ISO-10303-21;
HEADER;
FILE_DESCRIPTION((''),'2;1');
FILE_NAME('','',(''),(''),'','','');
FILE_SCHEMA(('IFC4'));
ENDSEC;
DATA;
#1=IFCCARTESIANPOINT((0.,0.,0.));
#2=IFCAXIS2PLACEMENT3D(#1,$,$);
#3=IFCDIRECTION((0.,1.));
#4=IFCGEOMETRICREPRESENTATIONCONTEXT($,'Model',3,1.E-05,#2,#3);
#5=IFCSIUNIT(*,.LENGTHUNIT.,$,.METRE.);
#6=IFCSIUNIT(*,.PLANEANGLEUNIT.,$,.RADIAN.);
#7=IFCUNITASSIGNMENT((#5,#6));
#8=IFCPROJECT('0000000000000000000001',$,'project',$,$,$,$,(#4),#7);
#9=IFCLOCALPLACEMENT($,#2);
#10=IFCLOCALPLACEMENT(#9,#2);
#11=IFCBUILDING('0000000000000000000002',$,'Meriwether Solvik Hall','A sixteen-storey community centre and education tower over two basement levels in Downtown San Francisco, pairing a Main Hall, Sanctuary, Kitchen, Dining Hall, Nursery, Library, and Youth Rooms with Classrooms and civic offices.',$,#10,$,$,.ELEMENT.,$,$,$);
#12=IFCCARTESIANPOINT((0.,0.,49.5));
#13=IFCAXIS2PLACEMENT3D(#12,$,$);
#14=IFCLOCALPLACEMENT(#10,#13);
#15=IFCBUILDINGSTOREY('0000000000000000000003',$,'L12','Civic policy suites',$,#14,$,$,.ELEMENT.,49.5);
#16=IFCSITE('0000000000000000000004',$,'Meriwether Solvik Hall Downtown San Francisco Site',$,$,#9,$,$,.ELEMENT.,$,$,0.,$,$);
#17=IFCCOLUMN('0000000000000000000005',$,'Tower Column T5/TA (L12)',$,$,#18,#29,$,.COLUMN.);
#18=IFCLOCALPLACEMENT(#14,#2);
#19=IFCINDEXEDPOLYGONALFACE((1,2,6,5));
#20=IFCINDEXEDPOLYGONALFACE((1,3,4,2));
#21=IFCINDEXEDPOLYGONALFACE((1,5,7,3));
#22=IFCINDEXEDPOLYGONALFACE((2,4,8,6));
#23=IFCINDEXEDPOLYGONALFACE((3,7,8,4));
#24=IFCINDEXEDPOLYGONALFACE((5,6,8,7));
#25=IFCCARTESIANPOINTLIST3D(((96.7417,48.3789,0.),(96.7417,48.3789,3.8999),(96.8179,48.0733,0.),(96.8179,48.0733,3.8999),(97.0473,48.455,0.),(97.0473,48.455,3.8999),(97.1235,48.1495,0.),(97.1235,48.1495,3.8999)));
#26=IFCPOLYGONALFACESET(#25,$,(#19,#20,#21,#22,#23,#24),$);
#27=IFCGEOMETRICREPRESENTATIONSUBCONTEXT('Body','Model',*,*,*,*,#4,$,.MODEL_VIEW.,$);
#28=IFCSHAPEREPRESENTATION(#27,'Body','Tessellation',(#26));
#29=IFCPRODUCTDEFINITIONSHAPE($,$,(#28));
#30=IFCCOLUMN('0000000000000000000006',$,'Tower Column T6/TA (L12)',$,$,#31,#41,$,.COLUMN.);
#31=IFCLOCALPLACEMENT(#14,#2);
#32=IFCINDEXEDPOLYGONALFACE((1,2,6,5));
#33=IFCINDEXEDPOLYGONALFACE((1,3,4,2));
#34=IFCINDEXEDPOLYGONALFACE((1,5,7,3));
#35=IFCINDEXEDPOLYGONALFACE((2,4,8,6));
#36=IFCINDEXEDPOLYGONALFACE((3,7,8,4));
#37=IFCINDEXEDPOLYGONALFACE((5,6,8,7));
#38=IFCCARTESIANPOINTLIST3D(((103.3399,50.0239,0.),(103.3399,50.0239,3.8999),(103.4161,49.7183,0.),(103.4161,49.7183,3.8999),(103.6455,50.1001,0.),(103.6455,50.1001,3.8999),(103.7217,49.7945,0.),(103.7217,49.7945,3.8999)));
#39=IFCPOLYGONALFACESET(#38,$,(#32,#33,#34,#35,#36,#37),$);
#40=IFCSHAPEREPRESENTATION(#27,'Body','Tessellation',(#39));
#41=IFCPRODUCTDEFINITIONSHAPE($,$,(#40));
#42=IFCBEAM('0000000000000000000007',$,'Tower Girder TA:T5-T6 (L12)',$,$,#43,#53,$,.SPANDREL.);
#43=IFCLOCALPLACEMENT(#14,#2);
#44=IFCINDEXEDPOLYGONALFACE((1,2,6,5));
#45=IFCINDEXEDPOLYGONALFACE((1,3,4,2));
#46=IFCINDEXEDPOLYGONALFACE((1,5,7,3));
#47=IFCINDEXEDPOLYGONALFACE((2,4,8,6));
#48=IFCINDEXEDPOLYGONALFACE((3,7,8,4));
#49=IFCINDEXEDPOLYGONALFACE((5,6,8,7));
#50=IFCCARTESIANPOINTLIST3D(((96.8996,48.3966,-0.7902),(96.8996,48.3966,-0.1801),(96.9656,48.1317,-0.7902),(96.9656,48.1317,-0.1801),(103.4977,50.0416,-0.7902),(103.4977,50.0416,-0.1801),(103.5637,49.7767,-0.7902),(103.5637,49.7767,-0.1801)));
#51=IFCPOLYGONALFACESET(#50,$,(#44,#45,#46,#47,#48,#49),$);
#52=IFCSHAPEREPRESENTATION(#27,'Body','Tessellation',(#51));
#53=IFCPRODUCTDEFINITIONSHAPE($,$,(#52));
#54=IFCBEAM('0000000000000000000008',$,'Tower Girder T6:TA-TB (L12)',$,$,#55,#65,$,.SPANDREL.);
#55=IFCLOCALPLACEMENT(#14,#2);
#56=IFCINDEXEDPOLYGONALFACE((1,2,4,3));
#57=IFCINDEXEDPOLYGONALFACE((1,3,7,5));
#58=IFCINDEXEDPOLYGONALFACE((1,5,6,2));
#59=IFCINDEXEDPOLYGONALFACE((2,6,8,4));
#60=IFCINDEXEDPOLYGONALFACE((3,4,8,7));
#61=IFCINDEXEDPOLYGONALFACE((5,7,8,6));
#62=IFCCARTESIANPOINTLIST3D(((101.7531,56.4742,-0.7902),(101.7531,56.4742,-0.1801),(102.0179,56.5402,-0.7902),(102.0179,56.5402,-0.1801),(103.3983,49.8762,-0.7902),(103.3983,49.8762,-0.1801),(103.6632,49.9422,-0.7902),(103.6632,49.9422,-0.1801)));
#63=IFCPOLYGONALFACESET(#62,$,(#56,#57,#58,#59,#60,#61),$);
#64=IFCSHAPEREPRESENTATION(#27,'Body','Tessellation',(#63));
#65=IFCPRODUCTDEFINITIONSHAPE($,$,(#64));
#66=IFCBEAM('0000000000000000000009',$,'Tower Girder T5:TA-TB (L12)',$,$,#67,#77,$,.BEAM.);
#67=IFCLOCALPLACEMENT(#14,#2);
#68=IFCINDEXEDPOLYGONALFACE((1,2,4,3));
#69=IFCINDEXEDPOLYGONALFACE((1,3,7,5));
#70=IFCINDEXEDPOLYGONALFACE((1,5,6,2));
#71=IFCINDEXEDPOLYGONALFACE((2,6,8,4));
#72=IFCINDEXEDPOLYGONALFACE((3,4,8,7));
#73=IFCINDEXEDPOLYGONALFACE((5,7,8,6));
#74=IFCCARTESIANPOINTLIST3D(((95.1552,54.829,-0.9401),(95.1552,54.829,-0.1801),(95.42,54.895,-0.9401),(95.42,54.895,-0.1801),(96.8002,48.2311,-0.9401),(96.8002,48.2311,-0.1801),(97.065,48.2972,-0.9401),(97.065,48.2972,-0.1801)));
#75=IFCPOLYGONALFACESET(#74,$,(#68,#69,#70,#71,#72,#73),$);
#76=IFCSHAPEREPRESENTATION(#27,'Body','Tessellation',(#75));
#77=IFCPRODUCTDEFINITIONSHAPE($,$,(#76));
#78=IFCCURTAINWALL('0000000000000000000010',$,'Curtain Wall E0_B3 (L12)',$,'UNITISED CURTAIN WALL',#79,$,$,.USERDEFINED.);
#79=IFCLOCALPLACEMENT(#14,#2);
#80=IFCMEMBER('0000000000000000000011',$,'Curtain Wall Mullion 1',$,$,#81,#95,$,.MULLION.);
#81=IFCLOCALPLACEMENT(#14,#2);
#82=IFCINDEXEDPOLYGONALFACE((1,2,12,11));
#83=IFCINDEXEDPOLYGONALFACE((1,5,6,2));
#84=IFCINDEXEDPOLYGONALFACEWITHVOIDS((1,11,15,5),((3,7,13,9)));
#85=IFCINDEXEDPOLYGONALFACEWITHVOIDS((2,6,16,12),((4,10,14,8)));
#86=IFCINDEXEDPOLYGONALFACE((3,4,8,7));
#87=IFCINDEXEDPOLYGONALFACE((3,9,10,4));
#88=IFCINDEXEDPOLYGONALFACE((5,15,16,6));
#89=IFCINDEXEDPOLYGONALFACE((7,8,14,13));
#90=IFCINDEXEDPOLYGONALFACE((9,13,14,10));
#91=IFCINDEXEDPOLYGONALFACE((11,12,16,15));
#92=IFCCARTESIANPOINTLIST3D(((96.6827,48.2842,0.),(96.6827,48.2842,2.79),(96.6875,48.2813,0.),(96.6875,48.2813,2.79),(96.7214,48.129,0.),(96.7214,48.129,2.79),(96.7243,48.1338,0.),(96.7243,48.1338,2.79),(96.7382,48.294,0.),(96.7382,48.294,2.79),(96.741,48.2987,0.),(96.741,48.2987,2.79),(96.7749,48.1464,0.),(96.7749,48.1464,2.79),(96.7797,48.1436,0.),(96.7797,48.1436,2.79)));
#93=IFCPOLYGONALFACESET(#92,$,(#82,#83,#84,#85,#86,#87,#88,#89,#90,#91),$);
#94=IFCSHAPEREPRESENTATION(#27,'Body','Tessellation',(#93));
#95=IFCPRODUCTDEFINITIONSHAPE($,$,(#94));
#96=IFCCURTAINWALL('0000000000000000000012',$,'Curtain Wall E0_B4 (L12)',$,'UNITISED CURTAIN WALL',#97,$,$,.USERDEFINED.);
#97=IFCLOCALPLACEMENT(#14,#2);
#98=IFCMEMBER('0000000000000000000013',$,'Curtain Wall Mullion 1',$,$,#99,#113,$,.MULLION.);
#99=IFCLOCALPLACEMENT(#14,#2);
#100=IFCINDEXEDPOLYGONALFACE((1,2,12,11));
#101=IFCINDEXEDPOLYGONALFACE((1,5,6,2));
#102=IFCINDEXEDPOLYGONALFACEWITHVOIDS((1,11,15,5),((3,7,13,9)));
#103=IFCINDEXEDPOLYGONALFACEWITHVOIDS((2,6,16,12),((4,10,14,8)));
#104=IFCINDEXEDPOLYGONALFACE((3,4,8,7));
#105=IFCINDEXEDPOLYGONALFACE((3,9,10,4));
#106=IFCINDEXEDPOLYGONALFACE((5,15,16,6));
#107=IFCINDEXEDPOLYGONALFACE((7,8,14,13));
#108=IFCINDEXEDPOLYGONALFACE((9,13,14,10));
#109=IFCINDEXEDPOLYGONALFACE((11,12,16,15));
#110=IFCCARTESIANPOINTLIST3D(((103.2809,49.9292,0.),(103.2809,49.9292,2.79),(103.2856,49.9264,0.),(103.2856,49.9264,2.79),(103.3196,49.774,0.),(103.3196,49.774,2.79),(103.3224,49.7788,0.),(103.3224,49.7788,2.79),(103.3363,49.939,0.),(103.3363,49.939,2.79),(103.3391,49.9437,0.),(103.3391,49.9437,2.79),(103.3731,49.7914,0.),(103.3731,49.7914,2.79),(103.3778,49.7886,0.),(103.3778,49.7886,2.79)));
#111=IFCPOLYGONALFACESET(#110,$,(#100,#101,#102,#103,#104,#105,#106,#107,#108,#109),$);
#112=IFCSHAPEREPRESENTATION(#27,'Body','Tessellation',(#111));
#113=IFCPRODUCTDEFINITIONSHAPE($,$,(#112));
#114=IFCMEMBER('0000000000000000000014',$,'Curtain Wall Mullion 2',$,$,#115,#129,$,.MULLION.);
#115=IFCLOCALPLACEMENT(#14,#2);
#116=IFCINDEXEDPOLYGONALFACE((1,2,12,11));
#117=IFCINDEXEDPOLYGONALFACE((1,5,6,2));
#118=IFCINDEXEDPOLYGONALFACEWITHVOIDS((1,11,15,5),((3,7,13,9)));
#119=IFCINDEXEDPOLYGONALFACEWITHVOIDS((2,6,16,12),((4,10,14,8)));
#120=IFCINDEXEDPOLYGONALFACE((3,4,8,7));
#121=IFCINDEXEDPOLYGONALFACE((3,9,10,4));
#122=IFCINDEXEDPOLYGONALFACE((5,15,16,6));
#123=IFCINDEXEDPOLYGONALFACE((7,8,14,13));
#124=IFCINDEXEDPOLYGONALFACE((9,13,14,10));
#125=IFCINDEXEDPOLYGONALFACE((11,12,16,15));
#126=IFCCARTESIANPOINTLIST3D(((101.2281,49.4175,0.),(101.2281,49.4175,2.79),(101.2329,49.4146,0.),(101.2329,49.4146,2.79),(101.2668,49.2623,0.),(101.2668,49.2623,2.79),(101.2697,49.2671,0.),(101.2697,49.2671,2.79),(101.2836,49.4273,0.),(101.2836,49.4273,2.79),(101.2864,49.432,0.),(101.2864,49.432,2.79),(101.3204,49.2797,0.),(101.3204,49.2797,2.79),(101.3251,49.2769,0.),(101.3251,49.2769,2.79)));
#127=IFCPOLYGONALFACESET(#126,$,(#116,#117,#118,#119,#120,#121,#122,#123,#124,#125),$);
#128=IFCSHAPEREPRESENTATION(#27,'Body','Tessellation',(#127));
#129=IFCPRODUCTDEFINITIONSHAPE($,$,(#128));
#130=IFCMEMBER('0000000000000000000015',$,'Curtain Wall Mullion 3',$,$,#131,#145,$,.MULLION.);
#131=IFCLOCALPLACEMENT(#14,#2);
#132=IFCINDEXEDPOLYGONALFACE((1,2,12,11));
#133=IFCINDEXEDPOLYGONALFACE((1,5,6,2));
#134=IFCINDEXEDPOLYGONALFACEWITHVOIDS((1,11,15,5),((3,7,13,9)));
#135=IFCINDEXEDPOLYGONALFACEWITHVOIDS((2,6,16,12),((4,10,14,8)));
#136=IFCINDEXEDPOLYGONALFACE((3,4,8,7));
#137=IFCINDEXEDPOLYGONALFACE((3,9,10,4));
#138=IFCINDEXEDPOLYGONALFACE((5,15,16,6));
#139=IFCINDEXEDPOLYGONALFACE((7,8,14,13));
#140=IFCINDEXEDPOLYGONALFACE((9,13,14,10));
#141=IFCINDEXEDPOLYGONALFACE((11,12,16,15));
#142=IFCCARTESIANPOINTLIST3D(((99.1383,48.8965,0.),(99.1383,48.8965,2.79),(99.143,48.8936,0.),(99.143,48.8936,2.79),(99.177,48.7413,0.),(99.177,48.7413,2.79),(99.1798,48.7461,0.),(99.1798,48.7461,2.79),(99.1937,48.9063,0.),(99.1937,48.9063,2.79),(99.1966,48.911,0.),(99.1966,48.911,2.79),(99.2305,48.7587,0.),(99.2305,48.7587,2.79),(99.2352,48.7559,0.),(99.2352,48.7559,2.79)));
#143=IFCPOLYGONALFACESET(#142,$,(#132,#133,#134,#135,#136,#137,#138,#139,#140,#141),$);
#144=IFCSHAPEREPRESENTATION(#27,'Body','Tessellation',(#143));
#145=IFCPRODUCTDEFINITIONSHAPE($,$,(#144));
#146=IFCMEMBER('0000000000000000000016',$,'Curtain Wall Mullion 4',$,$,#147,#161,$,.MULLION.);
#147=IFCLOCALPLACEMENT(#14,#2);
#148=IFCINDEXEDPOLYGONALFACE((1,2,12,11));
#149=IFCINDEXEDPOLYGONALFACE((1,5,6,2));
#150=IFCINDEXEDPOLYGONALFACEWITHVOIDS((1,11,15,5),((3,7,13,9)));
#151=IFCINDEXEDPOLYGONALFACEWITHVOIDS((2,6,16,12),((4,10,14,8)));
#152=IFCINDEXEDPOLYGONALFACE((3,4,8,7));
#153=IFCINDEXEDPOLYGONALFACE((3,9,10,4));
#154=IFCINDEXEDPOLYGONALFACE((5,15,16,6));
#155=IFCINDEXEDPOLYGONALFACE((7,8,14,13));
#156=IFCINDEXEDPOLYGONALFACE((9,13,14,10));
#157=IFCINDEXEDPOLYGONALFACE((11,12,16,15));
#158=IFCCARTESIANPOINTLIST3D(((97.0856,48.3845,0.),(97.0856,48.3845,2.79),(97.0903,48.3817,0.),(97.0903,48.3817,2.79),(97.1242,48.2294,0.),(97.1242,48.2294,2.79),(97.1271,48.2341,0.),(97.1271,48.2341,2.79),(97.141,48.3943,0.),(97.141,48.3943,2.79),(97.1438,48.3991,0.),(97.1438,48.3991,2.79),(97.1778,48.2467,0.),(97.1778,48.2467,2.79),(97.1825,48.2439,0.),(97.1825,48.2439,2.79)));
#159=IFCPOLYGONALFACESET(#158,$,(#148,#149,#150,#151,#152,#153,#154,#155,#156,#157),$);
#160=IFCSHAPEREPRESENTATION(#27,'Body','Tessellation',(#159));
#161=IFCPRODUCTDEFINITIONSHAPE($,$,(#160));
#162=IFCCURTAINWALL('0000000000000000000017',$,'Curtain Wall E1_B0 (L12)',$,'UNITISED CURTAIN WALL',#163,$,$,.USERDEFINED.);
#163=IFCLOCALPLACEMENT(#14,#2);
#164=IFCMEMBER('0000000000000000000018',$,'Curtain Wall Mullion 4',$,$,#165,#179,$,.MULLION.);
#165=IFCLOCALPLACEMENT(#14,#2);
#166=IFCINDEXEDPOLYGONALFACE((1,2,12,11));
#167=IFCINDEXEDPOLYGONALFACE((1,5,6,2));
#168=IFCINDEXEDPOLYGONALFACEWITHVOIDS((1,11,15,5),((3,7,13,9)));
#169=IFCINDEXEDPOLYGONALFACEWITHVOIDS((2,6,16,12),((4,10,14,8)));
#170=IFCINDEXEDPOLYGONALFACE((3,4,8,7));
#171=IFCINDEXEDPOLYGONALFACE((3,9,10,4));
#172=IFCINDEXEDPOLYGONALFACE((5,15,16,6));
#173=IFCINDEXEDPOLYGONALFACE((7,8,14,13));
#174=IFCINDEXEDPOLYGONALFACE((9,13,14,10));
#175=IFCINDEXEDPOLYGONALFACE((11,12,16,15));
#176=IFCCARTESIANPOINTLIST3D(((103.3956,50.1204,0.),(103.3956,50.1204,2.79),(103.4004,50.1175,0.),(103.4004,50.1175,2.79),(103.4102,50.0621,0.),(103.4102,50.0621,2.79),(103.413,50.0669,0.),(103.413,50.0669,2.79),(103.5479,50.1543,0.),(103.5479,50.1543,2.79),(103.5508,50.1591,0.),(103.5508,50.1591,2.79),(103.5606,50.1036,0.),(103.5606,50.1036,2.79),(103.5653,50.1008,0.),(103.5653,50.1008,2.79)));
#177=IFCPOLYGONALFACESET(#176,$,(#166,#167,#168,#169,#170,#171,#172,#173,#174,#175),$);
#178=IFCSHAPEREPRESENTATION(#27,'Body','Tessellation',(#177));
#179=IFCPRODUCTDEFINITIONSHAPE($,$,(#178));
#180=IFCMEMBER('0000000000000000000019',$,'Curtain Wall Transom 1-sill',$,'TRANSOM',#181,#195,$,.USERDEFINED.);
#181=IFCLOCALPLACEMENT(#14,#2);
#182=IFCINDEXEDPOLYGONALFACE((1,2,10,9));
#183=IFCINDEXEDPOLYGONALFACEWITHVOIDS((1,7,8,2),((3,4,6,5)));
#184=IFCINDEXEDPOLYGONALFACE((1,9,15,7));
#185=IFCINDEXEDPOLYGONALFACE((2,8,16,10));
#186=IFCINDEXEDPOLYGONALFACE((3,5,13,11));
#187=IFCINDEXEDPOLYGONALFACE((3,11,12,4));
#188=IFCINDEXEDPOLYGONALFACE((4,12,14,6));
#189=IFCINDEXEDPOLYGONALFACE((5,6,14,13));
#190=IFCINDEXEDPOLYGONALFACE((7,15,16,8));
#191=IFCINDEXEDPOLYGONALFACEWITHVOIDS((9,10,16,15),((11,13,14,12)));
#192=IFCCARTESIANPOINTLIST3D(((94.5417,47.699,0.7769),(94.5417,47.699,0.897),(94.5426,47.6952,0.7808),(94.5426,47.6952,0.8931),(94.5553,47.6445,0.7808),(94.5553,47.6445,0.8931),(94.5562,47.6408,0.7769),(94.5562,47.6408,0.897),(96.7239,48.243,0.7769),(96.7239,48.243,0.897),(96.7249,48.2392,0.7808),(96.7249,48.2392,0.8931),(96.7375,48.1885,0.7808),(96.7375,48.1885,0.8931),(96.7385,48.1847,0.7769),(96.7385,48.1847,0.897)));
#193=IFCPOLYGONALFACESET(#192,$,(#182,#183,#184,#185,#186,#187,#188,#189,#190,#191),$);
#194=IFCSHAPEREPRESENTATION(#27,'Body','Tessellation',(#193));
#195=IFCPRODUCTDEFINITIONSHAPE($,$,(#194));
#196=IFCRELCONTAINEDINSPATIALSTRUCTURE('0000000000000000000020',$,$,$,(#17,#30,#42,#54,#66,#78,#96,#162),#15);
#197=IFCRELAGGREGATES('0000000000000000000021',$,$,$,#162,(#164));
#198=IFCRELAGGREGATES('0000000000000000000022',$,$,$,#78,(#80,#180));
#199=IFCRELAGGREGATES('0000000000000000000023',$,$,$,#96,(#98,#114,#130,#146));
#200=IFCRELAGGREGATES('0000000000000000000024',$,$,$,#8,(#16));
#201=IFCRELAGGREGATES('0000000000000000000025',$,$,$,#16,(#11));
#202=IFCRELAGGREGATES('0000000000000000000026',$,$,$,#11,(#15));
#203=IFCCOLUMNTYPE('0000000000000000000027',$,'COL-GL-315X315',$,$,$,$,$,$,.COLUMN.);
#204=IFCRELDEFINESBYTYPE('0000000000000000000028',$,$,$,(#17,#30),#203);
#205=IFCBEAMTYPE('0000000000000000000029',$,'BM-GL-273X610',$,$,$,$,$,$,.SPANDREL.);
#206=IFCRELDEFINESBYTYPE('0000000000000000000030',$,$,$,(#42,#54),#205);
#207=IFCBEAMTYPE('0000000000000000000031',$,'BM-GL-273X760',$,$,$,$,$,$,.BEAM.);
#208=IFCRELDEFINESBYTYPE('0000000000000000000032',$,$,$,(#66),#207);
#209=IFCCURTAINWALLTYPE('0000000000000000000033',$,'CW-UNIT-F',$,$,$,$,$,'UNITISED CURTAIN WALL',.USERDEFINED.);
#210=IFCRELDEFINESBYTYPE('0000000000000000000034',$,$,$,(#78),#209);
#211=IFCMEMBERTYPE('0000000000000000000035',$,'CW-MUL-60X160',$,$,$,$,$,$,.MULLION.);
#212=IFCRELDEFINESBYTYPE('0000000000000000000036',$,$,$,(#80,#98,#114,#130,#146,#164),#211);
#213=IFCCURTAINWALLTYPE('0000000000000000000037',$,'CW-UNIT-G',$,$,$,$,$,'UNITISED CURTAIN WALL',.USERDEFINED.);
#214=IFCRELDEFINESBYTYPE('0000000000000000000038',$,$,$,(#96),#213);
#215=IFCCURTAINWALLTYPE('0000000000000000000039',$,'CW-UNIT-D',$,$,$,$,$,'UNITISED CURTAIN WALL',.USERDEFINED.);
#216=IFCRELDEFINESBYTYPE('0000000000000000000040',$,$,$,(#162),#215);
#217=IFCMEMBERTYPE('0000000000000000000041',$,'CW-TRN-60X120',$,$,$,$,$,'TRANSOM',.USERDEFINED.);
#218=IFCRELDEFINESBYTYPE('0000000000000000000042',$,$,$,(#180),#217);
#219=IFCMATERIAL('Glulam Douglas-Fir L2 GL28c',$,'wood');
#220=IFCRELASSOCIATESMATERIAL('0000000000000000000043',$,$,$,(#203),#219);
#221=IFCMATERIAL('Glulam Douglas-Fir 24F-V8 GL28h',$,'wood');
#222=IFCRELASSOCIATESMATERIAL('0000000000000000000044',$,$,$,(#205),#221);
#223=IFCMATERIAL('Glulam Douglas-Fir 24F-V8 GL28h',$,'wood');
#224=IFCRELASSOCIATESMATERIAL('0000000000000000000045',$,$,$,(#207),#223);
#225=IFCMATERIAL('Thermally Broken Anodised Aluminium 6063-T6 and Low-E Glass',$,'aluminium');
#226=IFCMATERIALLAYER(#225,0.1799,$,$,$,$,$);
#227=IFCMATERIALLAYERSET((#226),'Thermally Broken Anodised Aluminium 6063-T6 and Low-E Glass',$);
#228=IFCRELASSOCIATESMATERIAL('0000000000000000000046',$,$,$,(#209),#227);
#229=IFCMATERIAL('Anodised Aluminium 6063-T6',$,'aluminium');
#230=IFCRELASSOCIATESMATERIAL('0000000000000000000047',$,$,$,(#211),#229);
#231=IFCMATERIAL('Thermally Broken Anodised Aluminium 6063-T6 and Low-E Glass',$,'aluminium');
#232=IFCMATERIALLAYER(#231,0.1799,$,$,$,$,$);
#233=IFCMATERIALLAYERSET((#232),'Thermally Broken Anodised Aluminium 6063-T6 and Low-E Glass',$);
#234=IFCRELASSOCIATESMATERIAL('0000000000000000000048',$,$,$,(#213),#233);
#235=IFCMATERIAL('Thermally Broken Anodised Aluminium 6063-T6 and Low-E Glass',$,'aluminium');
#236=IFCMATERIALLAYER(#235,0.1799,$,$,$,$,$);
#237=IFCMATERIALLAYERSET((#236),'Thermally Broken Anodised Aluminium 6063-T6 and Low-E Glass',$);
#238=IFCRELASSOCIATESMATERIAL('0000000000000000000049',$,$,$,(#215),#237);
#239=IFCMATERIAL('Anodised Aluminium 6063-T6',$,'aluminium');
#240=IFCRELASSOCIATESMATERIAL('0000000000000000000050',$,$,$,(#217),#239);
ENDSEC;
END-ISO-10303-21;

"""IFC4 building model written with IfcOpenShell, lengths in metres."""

from ifc_helpers import new_model, si_unit, direction, frame, origin, origin_2d, place, context, subcontext, project, spatial, rectangle, hollow_rectangle, extrude, material, layer, layer_set, material_profile, profile_set, type_object, element, aggregate, save


model = new_model("IFC4")

# Units and contexts
model_context = context("Model", 3, precision=1e-05, world=origin(), true_north=direction((0.0, 1.0)))
body_context = subcontext(model_context, "Body", "Model", "MODEL_VIEW")
ifc_project = project(units=[si_unit("LENGTHUNIT", "METRE"), si_unit("PLANEANGLEUNIT", "RADIAN")], contexts=[model_context])

# Site, building, storey
site_placement = place(None, origin())
site = spatial("IfcSite", under=ifc_project, at=site_placement, Name="Meriwether Solvik Hall Downtown San Francisco Site", CompositionType="ELEMENT", RefElevation=0.0)
building_placement = place(site_placement, origin())
building = spatial("IfcBuilding", under=site, at=building_placement, Name="Meriwether Solvik Hall", Description="A sixteen-storey community centre and education tower over two basement levels in Downtown San Francisco, pairing a Main Hall, Sanctuary, Kitchen, Dining Hall, Nursery, Library, and Youth Rooms with Classrooms and civic offices.", CompositionType="ELEMENT")
storey_placement = place(building_placement, frame((0.0, 0.0, 49.5)))
storey = spatial("IfcBuildingStorey", under=building, at=storey_placement, Name="L12", Description="Civic policy suites", CompositionType="ELEMENT", Elevation=49.5)

# Columns
ifc_material_1 = material(Name="Glulam Douglas-Fir L2 GL28c", Category="wood")
ifc_material_profile_1 = material_profile(ifc_material_1, rectangle(XDim=0.3149, YDim=0.3149, at=origin_2d()), Name="GLC-315X315")
ifc_profile_set_1 = profile_set([ifc_material_profile_1], Name="Glulam Douglas-Fir L2 GL28c")
column_type = type_object("IfcColumnType", Name="COL-GL-315X315", PredefinedType="COLUMN", material=ifc_profile_set_1)
for number, where, z_axis, x_axis, name in (
    (1, (96.9326, 48.2642, 0.0), (0.0, 0.0, 1.0), (0.970296, 0.241922, 0.0), "Tower Column T5/TA (L12)"),
    (2, (103.5308, 49.9092, 0.0), (0.0, 0.0, 1.0), (0.970296, 0.241922, 0.0), "Tower Column T6/TA (L12)"),
):
    element("IfcColumn", number, at=place(storey_placement, frame(where, z_axis=z_axis, x_axis=x_axis)), inside=storey, type_object=column_type, Name=name, PredefinedType="COLUMN", context=body_context, shape_type="SweptSolid", body=[
        extrude(rectangle(XDim=0.3149, YDim=0.3149, at=origin_2d()), origin(), (0.0, 0.0, 1.0), 3.8999),
    ])

# Beams
ifc_material_2 = material(Name="Glulam Douglas-Fir 24F-V8 GL28h", Category="wood")
ifc_material_profile_2 = material_profile(ifc_material_2, rectangle(XDim=0.2729, YDim=0.6101, at=origin_2d()), Name="GLB-273X610")
ifc_profile_set_2 = profile_set([ifc_material_profile_2], Name="Glulam Douglas-Fir 24F-V8 GL28h")
beam_type_1 = type_object("IfcBeamType", Name="BM-GL-273X610", PredefinedType="SPANDREL", material=ifc_profile_set_2)
for number, where, z_axis, x_axis, name in (
    (3, (96.9326, 48.2642, -0.4851), (0.970299, 0.24191, 0.0), (-0.24191, 0.970299, 0.0), "Tower Girder TA:T5-T6 (L12)"),
    (4, (103.5308, 49.9092, -0.4851), (-0.241953, 0.970288, 0.0), (-0.970288, -0.241953, 0.0), "Tower Girder T6:TA-TB (L12)"),
):
    element("IfcBeam", number, at=place(storey_placement, frame(where, z_axis=z_axis, x_axis=x_axis)), inside=storey, type_object=beam_type_1, Name=name, PredefinedType="SPANDREL", context=body_context, shape_type="SweptSolid", body=[
        extrude(rectangle(XDim=0.2729, YDim=0.6101, at=origin_2d()), origin(), (0.0, 0.0, 1.0), 6.8),
    ])
ifc_material_3 = material(Name="Glulam Douglas-Fir 24F-V8 GL28h", Category="wood")
ifc_material_profile_3 = material_profile(ifc_material_3, rectangle(XDim=0.2729, YDim=0.76, at=origin_2d()), Name="GLB-273X760")
ifc_profile_set_3 = profile_set([ifc_material_profile_3], Name="Glulam Douglas-Fir 24F-V8 GL28h")
beam_type_2 = type_object("IfcBeamType", Name="BM-GL-273X760", PredefinedType="BEAM", material=ifc_profile_set_3)
beam_1_placement = place(storey_placement, frame((96.9326, 48.2642, -0.5601), z_axis=(-0.241919, 0.970296, 0.0), x_axis=(-0.970296, -0.241919, 0.0)))
element("IfcBeam", 5, at=beam_1_placement, inside=storey, type_object=beam_type_2, Name="Tower Girder T5:TA-TB (L12)", PredefinedType="BEAM", context=body_context, shape_type="SweptSolid", body=[
    extrude(rectangle(XDim=0.2729, YDim=0.76, at=origin_2d()), origin(), (0.0, 0.0, 1.0), 6.7998),
])

# Curtain wall, member
ifc_material_4 = material(Name="Thermally Broken Anodised Aluminium 6063-T6 and Low-E Glass", Category="aluminium")
ifc_layer_1 = layer(ifc_material_4, 0.1799)
ifc_layer_set_1 = layer_set([ifc_layer_1], Name="Thermally Broken Anodised Aluminium 6063-T6 and Low-E Glass")
curtain_wall_type_1 = type_object("IfcCurtainWallType", Name="CW-UNIT-F", ElementType="UNITISED CURTAIN WALL", PredefinedType="USERDEFINED", material=ifc_layer_set_1)
curtain_wall_1_placement = place(storey_placement, origin())
curtain_wall_1 = element("IfcCurtainWall", 6, at=curtain_wall_1_placement, inside=storey, type_object=curtain_wall_type_1, Name="Curtain Wall E0_B3 (L12)", ObjectType="UNITISED CURTAIN WALL", PredefinedType="USERDEFINED")
ifc_material_5 = material(Name="Anodised Aluminium 6063-T6", Category="aluminium")
ifc_material_profile_4 = material_profile(ifc_material_5, hollow_rectangle(XDim=0.0601, YDim=0.1599, WallThickness=0.0039, at=origin_2d()), Name="CWM-60X160")
ifc_profile_set_4 = profile_set([ifc_material_profile_4], Name="Anodised Aluminium 6063-T6")
member_type_1 = type_object("IfcMemberType", Name="CW-MUL-60X160", PredefinedType="MULLION", material=ifc_profile_set_4)
member_1_placement = place(storey_placement, frame((96.7312, 48.2139, 0.0), z_axis=(0.0, 0.0, 1.0), x_axis=(-0.970296, -0.241922, 0.0)))
member_1 = element("IfcMember", 7, at=member_1_placement, type_object=member_type_1, Name="Curtain Wall Mullion 1", PredefinedType="MULLION", context=body_context, shape_type="SweptSolid", body=[
    extrude(hollow_rectangle(XDim=0.0601, YDim=0.1599, WallThickness=0.0039, at=origin_2d()), origin(), (0.0, 0.0, 1.0), 2.79),
])

# Curtain wall, members
ifc_material_6 = material(Name="Thermally Broken Anodised Aluminium 6063-T6 and Low-E Glass", Category="aluminium")
ifc_layer_2 = layer(ifc_material_6, 0.1799)
ifc_layer_set_2 = layer_set([ifc_layer_2], Name="Thermally Broken Anodised Aluminium 6063-T6 and Low-E Glass")
curtain_wall_type_2 = type_object("IfcCurtainWallType", Name="CW-UNIT-G", ElementType="UNITISED CURTAIN WALL", PredefinedType="USERDEFINED", material=ifc_layer_set_2)
curtain_wall_2_placement = place(storey_placement, origin())
curtain_wall_2 = element("IfcCurtainWall", 8, at=curtain_wall_2_placement, inside=storey, type_object=curtain_wall_type_2, Name="Curtain Wall E0_B4 (L12)", ObjectType="UNITISED CURTAIN WALL", PredefinedType="USERDEFINED")
member_2_placement = place(storey_placement, frame((103.3293, 49.8589, 0.0), z_axis=(0.0, 0.0, 1.0), x_axis=(-0.970296, -0.241922, 0.0)))
member_2 = element("IfcMember", 9, at=member_2_placement, type_object=member_type_1, Name="Curtain Wall Mullion 1", PredefinedType="MULLION", context=body_context, shape_type="SweptSolid", body=[
    extrude(hollow_rectangle(XDim=0.0601, YDim=0.1599, WallThickness=0.0039, at=origin_2d()), origin(), (0.0, 0.0, 1.0), 2.79),
])
member_3_placement = place(storey_placement, frame((101.2766, 49.3472, 0.0), z_axis=(0.0, 0.0, 1.0), x_axis=(-0.970296, -0.241922, 0.0)))
member_3 = element("IfcMember", 10, at=member_3_placement, type_object=member_type_1, Name="Curtain Wall Mullion 2", PredefinedType="MULLION", context=body_context, shape_type="SweptSolid", body=[
    extrude(hollow_rectangle(XDim=0.0601, YDim=0.1599, WallThickness=0.0039, at=origin_2d()), origin(), (0.0, 0.0, 1.0), 2.79),
])
member_4_placement = place(storey_placement, frame((99.1868, 48.8262, 0.0), z_axis=(0.0, 0.0, 1.0), x_axis=(-0.970296, -0.241922, 0.0)))
member_4 = element("IfcMember", 11, at=member_4_placement, type_object=member_type_1, Name="Curtain Wall Mullion 3", PredefinedType="MULLION", context=body_context, shape_type="SweptSolid", body=[
    extrude(hollow_rectangle(XDim=0.0601, YDim=0.1599, WallThickness=0.0039, at=origin_2d()), origin(), (0.0, 0.0, 1.0), 2.79),
])
member_5_placement = place(storey_placement, frame((97.134, 48.3142, 0.0), z_axis=(0.0, 0.0, 1.0), x_axis=(-0.970296, -0.241922, 0.0)))
member_5 = element("IfcMember", 12, at=member_5_placement, type_object=member_type_1, Name="Curtain Wall Mullion 4", PredefinedType="MULLION", context=body_context, shape_type="SweptSolid", body=[
    extrude(hollow_rectangle(XDim=0.0601, YDim=0.1599, WallThickness=0.0039, at=origin_2d()), origin(), (0.0, 0.0, 1.0), 2.79),
])

# Curtain wall, member
ifc_material_7 = material(Name="Thermally Broken Anodised Aluminium 6063-T6 and Low-E Glass", Category="aluminium")
ifc_layer_3 = layer(ifc_material_7, 0.1799)
ifc_layer_set_3 = layer_set([ifc_layer_3], Name="Thermally Broken Anodised Aluminium 6063-T6 and Low-E Glass")
curtain_wall_type_3 = type_object("IfcCurtainWallType", Name="CW-UNIT-D", ElementType="UNITISED CURTAIN WALL", PredefinedType="USERDEFINED", material=ifc_layer_set_3)
curtain_wall_3_placement = place(storey_placement, origin())
curtain_wall_3 = element("IfcCurtainWall", 13, at=curtain_wall_3_placement, inside=storey, type_object=curtain_wall_type_3, Name="Curtain Wall E1_B0 (L12)", ObjectType="UNITISED CURTAIN WALL", PredefinedType="USERDEFINED")
member_6_placement = place(storey_placement, frame((103.4805, 50.1106, 0.0), z_axis=(0.0, 0.0, 1.0), x_axis=(0.241922, -0.970296, 0.0)))
member_6 = element("IfcMember", 14, at=member_6_placement, type_object=member_type_1, Name="Curtain Wall Mullion 4", PredefinedType="MULLION", context=body_context, shape_type="SweptSolid", body=[
    extrude(hollow_rectangle(XDim=0.0601, YDim=0.1599, WallThickness=0.0039, at=origin_2d()), origin(), (0.0, 0.0, 1.0), 2.79),
])
aggregate(curtain_wall_3, [member_6])

# Member
ifc_material_8 = material(Name="Anodised Aluminium 6063-T6", Category="aluminium")
ifc_material_profile_5 = material_profile(ifc_material_8, hollow_rectangle(XDim=0.0601, YDim=0.1201, WallThickness=0.0039, at=origin_2d()), Name="CWT-60X120")
ifc_profile_set_5 = profile_set([ifc_material_profile_5], Name="Anodised Aluminium 6063-T6")
member_type_2 = type_object("IfcMemberType", Name="CW-TRN-60X120", ElementType="TRANSOM", PredefinedType="USERDEFINED", material=ifc_profile_set_5)
member_7_placement = place(storey_placement, frame((96.7312, 48.2139, 0.8369), z_axis=(-0.970308, -0.241871, 0.0), x_axis=(0.241871, -0.970308, 0.0)))
member_7 = element("IfcMember", 15, at=member_7_placement, type_object=member_type_2, Name="Curtain Wall Transom 1-sill", ObjectType="TRANSOM", PredefinedType="USERDEFINED", context=body_context, shape_type="SweptSolid", body=[
    extrude(hollow_rectangle(XDim=0.0601, YDim=0.1201, WallThickness=0.0039, at=origin_2d()), origin(), (0.0, 0.0, 1.0), 2.249),
])

aggregate(curtain_wall_1, [member_1, member_7])
aggregate(curtain_wall_2, [member_2, member_3, member_4, member_5])

save(model, "model.ifc")
